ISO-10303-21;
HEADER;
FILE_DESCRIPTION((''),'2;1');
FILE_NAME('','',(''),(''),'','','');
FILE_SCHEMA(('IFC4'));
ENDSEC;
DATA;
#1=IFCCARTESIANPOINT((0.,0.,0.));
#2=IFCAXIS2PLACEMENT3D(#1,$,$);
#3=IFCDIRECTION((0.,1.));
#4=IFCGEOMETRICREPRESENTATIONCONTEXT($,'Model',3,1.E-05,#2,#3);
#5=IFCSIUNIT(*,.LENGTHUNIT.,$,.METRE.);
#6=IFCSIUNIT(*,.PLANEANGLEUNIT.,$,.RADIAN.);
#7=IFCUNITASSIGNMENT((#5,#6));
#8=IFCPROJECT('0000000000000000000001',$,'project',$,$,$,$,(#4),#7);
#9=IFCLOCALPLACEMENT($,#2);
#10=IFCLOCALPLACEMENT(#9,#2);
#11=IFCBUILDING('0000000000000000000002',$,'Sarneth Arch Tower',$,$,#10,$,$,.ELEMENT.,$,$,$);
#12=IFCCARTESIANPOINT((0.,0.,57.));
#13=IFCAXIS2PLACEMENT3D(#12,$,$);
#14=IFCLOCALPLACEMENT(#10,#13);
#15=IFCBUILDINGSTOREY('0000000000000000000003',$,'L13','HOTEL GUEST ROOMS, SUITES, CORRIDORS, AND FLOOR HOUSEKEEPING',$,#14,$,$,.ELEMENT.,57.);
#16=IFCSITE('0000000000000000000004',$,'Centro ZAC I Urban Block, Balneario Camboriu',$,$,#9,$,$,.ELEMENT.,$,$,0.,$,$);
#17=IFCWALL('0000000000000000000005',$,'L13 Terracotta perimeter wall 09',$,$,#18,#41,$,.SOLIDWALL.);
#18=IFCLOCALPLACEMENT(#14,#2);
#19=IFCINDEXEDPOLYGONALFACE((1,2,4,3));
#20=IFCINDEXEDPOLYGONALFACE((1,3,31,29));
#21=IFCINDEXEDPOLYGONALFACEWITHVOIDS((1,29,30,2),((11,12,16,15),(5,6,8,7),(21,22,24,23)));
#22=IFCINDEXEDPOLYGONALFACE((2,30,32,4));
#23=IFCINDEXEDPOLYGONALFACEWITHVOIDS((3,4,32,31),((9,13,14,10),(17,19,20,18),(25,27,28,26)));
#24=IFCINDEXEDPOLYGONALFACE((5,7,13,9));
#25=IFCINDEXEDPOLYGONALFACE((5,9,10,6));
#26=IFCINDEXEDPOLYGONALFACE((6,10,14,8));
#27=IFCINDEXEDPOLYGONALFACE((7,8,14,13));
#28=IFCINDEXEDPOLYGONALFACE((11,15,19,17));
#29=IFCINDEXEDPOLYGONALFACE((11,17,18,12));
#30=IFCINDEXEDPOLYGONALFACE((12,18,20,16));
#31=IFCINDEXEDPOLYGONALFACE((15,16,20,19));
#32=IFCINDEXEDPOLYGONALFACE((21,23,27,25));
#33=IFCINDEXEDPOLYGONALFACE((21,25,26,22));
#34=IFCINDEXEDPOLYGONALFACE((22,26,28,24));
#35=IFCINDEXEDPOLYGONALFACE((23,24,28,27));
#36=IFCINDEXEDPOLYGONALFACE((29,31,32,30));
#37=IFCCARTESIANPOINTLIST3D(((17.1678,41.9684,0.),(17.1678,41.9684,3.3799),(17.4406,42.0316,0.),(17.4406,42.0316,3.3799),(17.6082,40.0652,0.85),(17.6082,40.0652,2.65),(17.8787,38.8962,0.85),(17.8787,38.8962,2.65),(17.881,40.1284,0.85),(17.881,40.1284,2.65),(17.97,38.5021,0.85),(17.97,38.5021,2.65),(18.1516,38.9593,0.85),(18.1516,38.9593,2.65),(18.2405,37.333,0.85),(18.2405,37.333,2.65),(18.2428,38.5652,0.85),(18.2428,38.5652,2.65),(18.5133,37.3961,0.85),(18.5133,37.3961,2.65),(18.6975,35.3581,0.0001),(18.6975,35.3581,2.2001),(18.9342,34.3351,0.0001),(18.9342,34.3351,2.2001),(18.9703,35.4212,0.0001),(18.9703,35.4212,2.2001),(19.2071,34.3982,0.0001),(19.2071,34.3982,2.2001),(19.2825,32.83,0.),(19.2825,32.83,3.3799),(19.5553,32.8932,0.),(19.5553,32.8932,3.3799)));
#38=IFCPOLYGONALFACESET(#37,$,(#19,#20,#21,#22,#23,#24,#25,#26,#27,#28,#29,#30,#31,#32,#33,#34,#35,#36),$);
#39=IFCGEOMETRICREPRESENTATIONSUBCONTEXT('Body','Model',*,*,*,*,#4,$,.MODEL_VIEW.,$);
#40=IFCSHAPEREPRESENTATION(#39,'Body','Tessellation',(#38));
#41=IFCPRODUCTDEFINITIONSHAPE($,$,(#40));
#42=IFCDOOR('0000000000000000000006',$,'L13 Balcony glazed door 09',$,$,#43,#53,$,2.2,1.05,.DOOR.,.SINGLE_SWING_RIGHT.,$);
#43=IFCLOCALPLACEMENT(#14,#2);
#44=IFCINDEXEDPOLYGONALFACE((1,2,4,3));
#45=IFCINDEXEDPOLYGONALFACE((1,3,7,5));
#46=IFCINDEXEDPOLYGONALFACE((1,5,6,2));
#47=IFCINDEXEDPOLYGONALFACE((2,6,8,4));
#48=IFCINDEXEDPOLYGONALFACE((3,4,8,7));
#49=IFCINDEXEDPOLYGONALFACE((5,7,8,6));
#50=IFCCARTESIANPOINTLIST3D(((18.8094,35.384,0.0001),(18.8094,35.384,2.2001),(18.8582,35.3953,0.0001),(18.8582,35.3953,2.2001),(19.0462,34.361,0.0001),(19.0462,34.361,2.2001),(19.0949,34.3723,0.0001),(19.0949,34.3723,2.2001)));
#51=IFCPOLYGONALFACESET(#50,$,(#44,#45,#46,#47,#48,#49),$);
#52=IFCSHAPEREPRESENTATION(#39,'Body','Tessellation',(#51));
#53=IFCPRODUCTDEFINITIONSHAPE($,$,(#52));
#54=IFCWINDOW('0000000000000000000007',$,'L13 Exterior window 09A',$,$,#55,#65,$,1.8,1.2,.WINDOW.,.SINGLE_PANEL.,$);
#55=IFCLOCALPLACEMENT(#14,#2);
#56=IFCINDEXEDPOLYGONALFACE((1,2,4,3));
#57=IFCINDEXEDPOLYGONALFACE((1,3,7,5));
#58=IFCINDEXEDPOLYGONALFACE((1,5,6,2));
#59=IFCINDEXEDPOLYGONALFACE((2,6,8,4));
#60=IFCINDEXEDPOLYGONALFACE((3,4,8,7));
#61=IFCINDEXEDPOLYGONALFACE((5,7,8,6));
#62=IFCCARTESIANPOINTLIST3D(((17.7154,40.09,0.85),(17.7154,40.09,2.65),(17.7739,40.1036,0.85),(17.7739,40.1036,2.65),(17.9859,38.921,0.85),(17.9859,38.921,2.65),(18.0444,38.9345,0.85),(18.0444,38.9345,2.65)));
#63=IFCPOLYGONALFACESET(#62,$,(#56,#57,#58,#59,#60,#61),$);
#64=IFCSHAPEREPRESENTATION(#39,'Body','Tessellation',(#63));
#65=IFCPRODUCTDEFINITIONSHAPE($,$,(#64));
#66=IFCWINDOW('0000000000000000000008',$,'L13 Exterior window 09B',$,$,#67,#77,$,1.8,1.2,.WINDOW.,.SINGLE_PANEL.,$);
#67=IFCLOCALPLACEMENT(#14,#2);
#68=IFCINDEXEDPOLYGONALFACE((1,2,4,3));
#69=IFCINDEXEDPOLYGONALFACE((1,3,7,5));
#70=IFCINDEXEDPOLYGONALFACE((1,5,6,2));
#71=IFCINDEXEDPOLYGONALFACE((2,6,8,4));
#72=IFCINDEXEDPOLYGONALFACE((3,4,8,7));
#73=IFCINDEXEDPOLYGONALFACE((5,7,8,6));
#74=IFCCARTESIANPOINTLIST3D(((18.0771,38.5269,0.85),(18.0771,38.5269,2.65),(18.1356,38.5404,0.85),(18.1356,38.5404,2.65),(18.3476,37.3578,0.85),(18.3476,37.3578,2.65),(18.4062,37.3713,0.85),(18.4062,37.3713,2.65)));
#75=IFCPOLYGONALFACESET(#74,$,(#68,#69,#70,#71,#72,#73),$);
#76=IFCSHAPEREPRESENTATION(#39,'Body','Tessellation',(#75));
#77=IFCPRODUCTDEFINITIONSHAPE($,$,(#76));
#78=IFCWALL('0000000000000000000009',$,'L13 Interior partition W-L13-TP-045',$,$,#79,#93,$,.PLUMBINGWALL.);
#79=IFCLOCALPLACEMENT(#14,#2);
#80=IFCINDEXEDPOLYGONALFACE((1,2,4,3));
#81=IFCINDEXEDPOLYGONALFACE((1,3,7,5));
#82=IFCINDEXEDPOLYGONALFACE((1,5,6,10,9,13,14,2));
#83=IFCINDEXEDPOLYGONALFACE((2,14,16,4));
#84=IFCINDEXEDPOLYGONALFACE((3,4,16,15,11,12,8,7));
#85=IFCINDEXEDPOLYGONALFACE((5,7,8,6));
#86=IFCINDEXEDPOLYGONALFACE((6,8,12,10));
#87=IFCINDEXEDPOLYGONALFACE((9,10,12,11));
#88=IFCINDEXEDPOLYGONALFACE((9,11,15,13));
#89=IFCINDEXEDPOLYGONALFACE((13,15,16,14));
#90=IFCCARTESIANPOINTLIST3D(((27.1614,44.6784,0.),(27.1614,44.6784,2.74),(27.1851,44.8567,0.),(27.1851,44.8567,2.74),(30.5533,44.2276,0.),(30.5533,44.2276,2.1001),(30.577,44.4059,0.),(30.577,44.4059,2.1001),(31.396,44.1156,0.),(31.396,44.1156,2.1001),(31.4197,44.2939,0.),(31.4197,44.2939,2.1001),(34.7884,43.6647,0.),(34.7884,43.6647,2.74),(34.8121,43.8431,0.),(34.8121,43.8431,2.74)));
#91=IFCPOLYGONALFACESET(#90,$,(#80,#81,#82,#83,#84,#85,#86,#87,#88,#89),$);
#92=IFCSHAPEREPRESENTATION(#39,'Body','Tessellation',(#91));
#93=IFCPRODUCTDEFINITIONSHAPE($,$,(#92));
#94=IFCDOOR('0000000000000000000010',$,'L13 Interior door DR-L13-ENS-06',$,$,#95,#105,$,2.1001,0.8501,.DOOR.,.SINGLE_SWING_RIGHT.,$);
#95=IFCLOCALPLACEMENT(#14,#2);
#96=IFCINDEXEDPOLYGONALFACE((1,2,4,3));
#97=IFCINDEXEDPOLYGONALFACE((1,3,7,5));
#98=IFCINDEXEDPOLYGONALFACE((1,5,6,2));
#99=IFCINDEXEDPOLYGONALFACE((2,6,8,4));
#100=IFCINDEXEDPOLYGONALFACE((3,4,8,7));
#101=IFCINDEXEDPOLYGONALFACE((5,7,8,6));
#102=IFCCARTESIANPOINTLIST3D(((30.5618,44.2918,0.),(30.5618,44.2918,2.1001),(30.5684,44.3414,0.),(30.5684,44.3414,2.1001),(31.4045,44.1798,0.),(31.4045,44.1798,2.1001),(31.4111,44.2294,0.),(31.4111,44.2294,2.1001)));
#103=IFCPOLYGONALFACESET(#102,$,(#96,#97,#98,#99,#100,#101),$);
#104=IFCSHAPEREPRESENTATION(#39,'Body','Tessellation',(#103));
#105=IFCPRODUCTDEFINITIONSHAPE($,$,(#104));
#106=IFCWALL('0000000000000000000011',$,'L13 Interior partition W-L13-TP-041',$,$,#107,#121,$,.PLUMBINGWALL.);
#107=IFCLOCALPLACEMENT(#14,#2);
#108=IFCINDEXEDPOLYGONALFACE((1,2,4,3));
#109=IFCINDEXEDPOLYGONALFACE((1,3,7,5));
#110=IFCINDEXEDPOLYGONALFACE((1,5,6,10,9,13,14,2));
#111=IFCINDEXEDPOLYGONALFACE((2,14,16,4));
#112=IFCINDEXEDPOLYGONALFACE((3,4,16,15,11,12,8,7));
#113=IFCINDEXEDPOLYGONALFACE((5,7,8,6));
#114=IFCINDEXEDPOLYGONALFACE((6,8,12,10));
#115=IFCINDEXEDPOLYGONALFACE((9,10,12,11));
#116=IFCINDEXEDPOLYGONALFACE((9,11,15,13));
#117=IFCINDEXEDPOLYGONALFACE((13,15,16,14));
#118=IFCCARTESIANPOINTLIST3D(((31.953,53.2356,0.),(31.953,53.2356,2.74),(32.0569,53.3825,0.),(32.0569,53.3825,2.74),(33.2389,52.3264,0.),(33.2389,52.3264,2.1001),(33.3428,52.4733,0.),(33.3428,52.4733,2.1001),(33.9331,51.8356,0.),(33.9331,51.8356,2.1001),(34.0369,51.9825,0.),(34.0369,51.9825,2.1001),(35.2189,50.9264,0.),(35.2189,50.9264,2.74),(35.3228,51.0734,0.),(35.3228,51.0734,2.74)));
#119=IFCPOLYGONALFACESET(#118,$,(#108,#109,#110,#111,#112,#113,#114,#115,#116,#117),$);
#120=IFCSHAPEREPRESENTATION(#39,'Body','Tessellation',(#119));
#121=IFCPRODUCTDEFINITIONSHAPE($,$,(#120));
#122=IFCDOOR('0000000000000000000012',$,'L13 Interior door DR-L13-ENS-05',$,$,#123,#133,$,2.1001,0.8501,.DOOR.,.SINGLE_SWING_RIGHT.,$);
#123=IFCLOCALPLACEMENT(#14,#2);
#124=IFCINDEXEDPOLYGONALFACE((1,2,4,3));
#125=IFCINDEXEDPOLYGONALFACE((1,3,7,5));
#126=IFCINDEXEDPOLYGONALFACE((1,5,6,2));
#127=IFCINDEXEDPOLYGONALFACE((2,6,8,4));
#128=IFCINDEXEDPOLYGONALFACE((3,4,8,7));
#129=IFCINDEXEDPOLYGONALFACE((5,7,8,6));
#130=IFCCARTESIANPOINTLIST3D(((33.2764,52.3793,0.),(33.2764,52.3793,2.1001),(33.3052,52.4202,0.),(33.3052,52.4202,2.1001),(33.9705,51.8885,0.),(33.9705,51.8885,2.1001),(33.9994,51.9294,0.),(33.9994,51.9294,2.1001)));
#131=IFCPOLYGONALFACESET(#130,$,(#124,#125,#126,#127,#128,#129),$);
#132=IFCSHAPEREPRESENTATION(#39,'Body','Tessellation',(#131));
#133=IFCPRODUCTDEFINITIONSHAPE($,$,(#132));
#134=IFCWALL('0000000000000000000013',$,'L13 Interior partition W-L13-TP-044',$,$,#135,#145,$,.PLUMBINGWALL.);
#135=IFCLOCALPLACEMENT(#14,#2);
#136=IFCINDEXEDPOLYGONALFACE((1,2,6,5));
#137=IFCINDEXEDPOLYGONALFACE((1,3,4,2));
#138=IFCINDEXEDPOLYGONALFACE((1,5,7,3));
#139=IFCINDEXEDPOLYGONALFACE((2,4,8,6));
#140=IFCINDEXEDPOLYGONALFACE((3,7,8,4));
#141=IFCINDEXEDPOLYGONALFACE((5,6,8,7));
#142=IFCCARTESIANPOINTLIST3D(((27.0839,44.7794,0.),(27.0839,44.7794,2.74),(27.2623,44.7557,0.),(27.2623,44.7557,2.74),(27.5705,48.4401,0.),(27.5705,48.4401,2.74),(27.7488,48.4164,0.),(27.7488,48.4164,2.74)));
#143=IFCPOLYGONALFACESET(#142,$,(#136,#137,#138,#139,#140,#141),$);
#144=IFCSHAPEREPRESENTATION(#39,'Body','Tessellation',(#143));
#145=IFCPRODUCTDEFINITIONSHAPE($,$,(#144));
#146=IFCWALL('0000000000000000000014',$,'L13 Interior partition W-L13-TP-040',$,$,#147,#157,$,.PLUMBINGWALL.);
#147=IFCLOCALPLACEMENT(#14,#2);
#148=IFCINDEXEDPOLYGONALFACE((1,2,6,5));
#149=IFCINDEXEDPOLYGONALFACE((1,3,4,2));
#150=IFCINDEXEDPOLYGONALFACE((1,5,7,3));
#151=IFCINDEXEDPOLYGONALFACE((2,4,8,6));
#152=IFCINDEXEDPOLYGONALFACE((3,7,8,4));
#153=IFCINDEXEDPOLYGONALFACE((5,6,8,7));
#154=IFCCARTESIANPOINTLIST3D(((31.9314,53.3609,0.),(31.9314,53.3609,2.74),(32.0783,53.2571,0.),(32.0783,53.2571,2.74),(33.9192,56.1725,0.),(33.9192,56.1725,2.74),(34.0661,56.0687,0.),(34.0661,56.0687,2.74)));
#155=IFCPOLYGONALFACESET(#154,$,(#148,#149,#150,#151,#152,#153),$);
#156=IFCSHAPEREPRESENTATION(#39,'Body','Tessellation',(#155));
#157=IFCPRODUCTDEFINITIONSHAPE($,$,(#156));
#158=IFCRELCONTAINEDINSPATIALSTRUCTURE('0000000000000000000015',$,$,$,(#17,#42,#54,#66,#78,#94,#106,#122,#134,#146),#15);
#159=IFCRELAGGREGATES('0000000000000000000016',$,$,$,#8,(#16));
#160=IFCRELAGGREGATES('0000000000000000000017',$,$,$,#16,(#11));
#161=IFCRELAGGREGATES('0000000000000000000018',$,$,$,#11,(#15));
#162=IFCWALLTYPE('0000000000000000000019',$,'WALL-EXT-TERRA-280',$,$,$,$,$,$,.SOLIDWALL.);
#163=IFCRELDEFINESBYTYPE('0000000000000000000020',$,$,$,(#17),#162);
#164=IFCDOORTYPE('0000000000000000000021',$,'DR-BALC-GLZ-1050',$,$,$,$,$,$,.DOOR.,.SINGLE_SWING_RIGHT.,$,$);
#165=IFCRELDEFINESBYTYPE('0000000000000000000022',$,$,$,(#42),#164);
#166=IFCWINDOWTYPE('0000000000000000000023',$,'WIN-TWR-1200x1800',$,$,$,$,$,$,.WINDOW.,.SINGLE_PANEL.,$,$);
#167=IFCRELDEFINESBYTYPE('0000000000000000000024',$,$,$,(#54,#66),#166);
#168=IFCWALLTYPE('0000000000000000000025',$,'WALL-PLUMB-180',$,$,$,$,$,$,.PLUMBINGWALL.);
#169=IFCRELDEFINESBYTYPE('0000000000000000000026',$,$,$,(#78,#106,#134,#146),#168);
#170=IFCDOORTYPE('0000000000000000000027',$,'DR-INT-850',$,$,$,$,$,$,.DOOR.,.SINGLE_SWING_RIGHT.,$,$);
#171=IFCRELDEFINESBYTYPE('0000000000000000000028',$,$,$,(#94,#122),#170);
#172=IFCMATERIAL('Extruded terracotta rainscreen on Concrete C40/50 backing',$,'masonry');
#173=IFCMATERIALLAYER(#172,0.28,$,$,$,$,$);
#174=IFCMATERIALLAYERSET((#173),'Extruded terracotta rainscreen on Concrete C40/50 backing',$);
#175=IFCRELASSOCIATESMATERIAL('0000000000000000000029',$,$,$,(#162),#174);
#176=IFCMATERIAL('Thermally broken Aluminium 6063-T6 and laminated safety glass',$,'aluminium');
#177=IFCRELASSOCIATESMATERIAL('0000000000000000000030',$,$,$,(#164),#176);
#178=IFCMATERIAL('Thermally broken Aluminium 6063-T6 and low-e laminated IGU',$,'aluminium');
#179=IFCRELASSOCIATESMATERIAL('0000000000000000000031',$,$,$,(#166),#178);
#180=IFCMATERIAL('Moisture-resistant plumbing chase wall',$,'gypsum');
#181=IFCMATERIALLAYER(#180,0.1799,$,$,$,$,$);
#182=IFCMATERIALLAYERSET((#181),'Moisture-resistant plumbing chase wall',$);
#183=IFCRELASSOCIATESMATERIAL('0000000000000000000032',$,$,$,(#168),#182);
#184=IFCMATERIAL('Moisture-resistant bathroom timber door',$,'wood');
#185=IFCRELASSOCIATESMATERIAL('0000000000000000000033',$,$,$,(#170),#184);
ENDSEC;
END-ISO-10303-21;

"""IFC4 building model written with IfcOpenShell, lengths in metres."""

from ifc_helpers import new_model, si_unit, direction, frame, frame_2d, origin, place, context, subcontext, project, spatial, rectangle, extrude, material, layer, layer_set, type_object, element, fill, save


model = new_model("IFC4")

# Units and contexts
model_context = context("Model", 3, precision=1e-05, world=origin(), true_north=direction((0.0, 1.0)))
body_context = subcontext(model_context, "Body", "Model", "MODEL_VIEW")
ifc_project = project(units=[si_unit("LENGTHUNIT", "METRE"), si_unit("PLANEANGLEUNIT", "RADIAN")], contexts=[model_context])

# Site, building, storey
site_placement = place(None, origin())
site = spatial("IfcSite", under=ifc_project, at=site_placement, Name="Centro ZAC I Urban Block, Balneario Camboriu", CompositionType="ELEMENT", RefElevation=0.0)
building_placement = place(site_placement, origin())
building = spatial("IfcBuilding", under=site, at=building_placement, Name="Sarneth Arch Tower", CompositionType="ELEMENT")
storey_placement = place(building_placement, frame((0.0, 0.0, 57.0)))
storey = spatial("IfcBuildingStorey", under=building, at=storey_placement, Name="L13", Description="HOTEL GUEST ROOMS, SUITES, CORRIDORS, AND FLOOR HOUSEKEEPING", CompositionType="ELEMENT", Elevation=57.0)

# Wall, openings, door, windows
ifc_material_1 = material(Name="Extruded terracotta rainscreen on Concrete C40/50 backing", Category="masonry")
ifc_layer_1 = layer(ifc_material_1, 0.28)
ifc_layer_set_1 = layer_set([ifc_layer_1], Name="Extruded terracotta rainscreen on Concrete C40/50 backing")
wall_type_1 = type_object("IfcWallType", Name="WALL-EXT-TERRA-280", PredefinedType="SOLIDWALL", material=ifc_layer_set_1)
wall_1_placement = place(storey_placement, frame((17.3042, 42.0, 0.0), z_axis=(0.0, 0.0, 1.0), x_axis=(0.225454, -0.974254, 0.0)))
wall_1 = element("IfcWall", 1, at=wall_1_placement, inside=storey, type_object=wall_type_1, Name="L13 Terracotta perimeter wall 09", PredefinedType="SOLIDWALL", context=body_context, shape_type="SweptSolid", body=[
    extrude(rectangle(XDim=9.3799, YDim=0.28, at=frame_2d((4.6899, 0.0))), origin(), (0.0, 0.0, 1.0), 3.3799),
])
opening_1_placement = place(wall_1_placement, frame((1.9534, 0.0, 0.8501)))
opening_1 = element("IfcOpeningElement", 2, at=opening_1_placement, cuts=wall_1, PredefinedType="OPENING", context=body_context, shape_type="SweptSolid", body=[
    extrude(rectangle(XDim=1.2, YDim=1.8, at=frame_2d((0.6001, 0.8999))), frame((0.0, 0.1499, 0.0), z_axis=(0.0, -1.0, 0.0), x_axis=(1.0, 0.0, 0.0)), (0.0, 0.0, 1.0), 0.3),
])
opening_2_placement = place(wall_1_placement, frame((3.5579, 0.0, 0.8501)))
opening_2 = element("IfcOpeningElement", 3, at=opening_2_placement, cuts=wall_1, PredefinedType="OPENING", context=body_context, shape_type="SweptSolid", body=[
    extrude(rectangle(XDim=1.2, YDim=1.8, at=frame_2d((0.6001, 0.8999))), frame((0.0, 0.1499, 0.0), z_axis=(0.0, -1.0, 0.0), x_axis=(1.0, 0.0, 0.0)), (0.0, 0.0, 1.0), 0.3),
])
opening_3_placement = place(wall_1_placement, frame((6.7852, 0.0, 0.0)))
opening_3 = element("IfcOpeningElement", 4, at=opening_3_placement, cuts=wall_1, PredefinedType="OPENING", context=body_context, shape_type="SweptSolid", body=[
    extrude(rectangle(XDim=1.05, YDim=2.2, at=frame_2d((0.5249, 1.1001))), frame((0.0, 0.1499, 0.0), z_axis=(0.0, -1.0, 0.0), x_axis=(1.0, 0.0, 0.0)), (0.0, 0.0, 1.0), 0.3),
])
ifc_material_2 = material(Name="Thermally broken Aluminium 6063-T6 and laminated safety glass", Category="aluminium")
door_type_1 = type_object("IfcDoorType", Name="DR-BALC-GLZ-1050", OperationType="SINGLE_SWING_RIGHT", PredefinedType="DOOR", material=ifc_material_2)
door_1_placement = place(opening_3_placement, origin())
door_1 = element("IfcDoor", 5, at=door_1_placement, inside=storey, type_object=door_type_1, Name="L13 Balcony glazed door 09", OperationType="SINGLE_SWING_RIGHT", OverallHeight=2.2, OverallWidth=1.05, PredefinedType="DOOR", context=body_context, shape_type="SweptSolid", body=[
    extrude(rectangle(XDim=1.05, YDim=2.2, at=frame_2d((0.5249, 1.1001))), frame((0.0, 0.0249, 0.0), z_axis=(0.0, -1.0, 0.0), x_axis=(1.0, 0.0, 0.0)), (0.0, 0.0, 1.0), 0.05),
])
fill(opening_3, door_1)
ifc_material_3 = material(Name="Thermally broken Aluminium 6063-T6 and low-e laminated IGU", Category="aluminium")
window_type = type_object("IfcWindowType", Name="WIN-TWR-1200x1800", PartitioningType="SINGLE_PANEL", PredefinedType="WINDOW", material=ifc_material_3)
window_1_placement = place(opening_1_placement, origin())
window_1 = element("IfcWindow", 6, at=window_1_placement, inside=storey, type_object=window_type, Name="L13 Exterior window 09A", OverallHeight=1.8, OverallWidth=1.2, PartitioningType="SINGLE_PANEL", PredefinedType="WINDOW", context=body_context, shape_type="SweptSolid", body=[
    extrude(rectangle(XDim=1.2, YDim=1.8, at=frame_2d((0.6001, 0.8999))), frame((0.0, 0.03, 0.0), z_axis=(0.0, -1.0, 0.0), x_axis=(1.0, 0.0, 0.0)), (0.0, 0.0, 1.0), 0.0601),
])
fill(opening_1, window_1)
window_2_placement = place(opening_2_placement, origin())
window_2 = element("IfcWindow", 7, at=window_2_placement, inside=storey, type_object=window_type, Name="L13 Exterior window 09B", OverallHeight=1.8, OverallWidth=1.2, PartitioningType="SINGLE_PANEL", PredefinedType="WINDOW", context=body_context, shape_type="SweptSolid", body=[
    extrude(rectangle(XDim=1.2, YDim=1.8, at=frame_2d((0.6001, 0.8999))), frame((0.0, 0.03, 0.0), z_axis=(0.0, -1.0, 0.0), x_axis=(1.0, 0.0, 0.0)), (0.0, 0.0, 1.0), 0.0601),
])
fill(opening_2, window_2)

# Walls, openings, doors
ifc_material_4 = material(Name="Moisture-resistant plumbing chase wall", Category="gypsum")
ifc_layer_2 = layer(ifc_material_4, 0.1799)
ifc_layer_set_2 = layer_set([ifc_layer_2], Name="Moisture-resistant plumbing chase wall")
wall_type_2 = type_object("IfcWallType", Name="WALL-PLUMB-180", PredefinedType="PLUMBINGWALL", material=ifc_layer_set_2)
wall_2_placement = place(storey_placement, frame((27.1731, 44.7676, 0.0), z_axis=(0.0, 0.0, 1.0), x_axis=(0.991283, -0.131748, 0.0)))
wall_2 = element("IfcWall", 8, at=wall_2_placement, inside=storey, type_object=wall_type_2, Name="L13 Interior partition W-L13-TP-045", PredefinedType="PLUMBINGWALL", context=body_context, shape_type="SweptSolid", body=[
    extrude(rectangle(XDim=7.6941, YDim=0.1799, at=frame_2d((3.8472, 0.0))), origin(), (0.0, 0.0, 1.0), 2.74),
])
opening_4_placement = place(wall_2_placement, frame((3.4219, 0.0, 0.0)))
opening_4 = element("IfcOpeningElement", 9, at=opening_4_placement, cuts=wall_2, PredefinedType="OPENING", context=body_context, shape_type="SweptSolid", body=[
    extrude(rectangle(XDim=0.8501, YDim=2.1001, at=frame_2d((0.425, 1.05))), frame((0.0, 0.0999, 0.0), z_axis=(0.0, -1.0, 0.0), x_axis=(1.0, 0.0, 0.0)), (0.0, 0.0, 1.0), 0.2),
])
ifc_material_5 = material(Name="Moisture-resistant bathroom timber door", Category="wood")
door_type_2 = type_object("IfcDoorType", Name="DR-INT-850", OperationType="SINGLE_SWING_RIGHT", PredefinedType="DOOR", material=ifc_material_5)
door_2_placement = place(opening_4_placement, origin())
door_2 = element("IfcDoor", 10, at=door_2_placement, inside=storey, type_object=door_type_2, Name="L13 Interior door DR-L13-ENS-06", OperationType="SINGLE_SWING_RIGHT", OverallHeight=2.1001, OverallWidth=0.8501, PredefinedType="DOOR", context=body_context, shape_type="SweptSolid", body=[
    extrude(rectangle(XDim=0.8501, YDim=2.1001, at=frame_2d((0.425, 1.05))), frame((0.0, 0.0249, 0.0), z_axis=(0.0, -1.0, 0.0), x_axis=(1.0, 0.0, 0.0)), (0.0, 0.0, 1.0), 0.05),
])
fill(opening_4, door_2)
wall_3_placement = place(storey_placement, frame((32.0049, 53.3091, 0.0), z_axis=(0.0, 0.0, 1.0), x_axis=(0.816524, -0.577311, 0.0)))
wall_3 = element("IfcWall", 11, at=wall_3_placement, inside=storey, type_object=wall_type_2, Name="L13 Interior partition W-L13-TP-041", PredefinedType="PLUMBINGWALL", context=body_context, shape_type="SweptSolid", body=[
    extrude(rectangle(XDim=3.9998, YDim=0.1799, at=frame_2d((2.0, 0.0))), origin(), (0.0, 0.0, 1.0), 2.74),
])
opening_5_placement = place(wall_3_placement, frame((1.575, 0.0, 0.0)))
opening_5 = element("IfcOpeningElement", 12, at=opening_5_placement, cuts=wall_3, PredefinedType="OPENING", context=body_context, shape_type="SweptSolid", body=[
    extrude(rectangle(XDim=0.8501, YDim=2.1001, at=frame_2d((0.425, 1.05))), frame((0.0, 0.0999, 0.0), z_axis=(0.0, -1.0, 0.0), x_axis=(1.0, 0.0, 0.0)), (0.0, 0.0, 1.0), 0.2),
])
door_3_placement = place(opening_5_placement, origin())
door_3 = element("IfcDoor", 13, at=door_3_placement, inside=storey, type_object=door_type_2, Name="L13 Interior door DR-L13-ENS-05", OperationType="SINGLE_SWING_RIGHT", OverallHeight=2.1001, OverallWidth=0.8501, PredefinedType="DOOR", context=body_context, shape_type="SweptSolid", body=[
    extrude(rectangle(XDim=0.8501, YDim=2.1001, at=frame_2d((0.425, 1.05))), frame((0.0, 0.0249, 0.0), z_axis=(0.0, -1.0, 0.0), x_axis=(1.0, 0.0, 0.0)), (0.0, 0.0, 1.0), 0.05),
])
fill(opening_5, door_3)

# Walls
wall_4_placement = place(storey_placement, frame((27.6597, 48.4282, 0.0), z_axis=(0.0, 0.0, 1.0), x_axis=(-0.131761, -0.991282, 0.0)))
element("IfcWall", 14, at=wall_4_placement, inside=storey, type_object=wall_type_2, Name="L13 Interior partition W-L13-TP-044", PredefinedType="PLUMBINGWALL", context=body_context, shape_type="SweptSolid", body=[
    extrude(rectangle(XDim=3.6929, YDim=0.1799, at=frame_2d((1.8464, 0.0))), origin(), (0.0, 0.0, 1.0), 2.74),
])
wall_5_placement = place(storey_placement, frame((33.9927, 56.1206, 0.0), z_axis=(0.0, 0.0, 1.0), x_axis=(-0.577301, -0.816531, 0.0)))
element("IfcWall", 15, at=wall_5_placement, inside=storey, type_object=wall_type_2, Name="L13 Interior partition W-L13-TP-040", PredefinedType="PLUMBINGWALL", context=body_context, shape_type="SweptSolid", body=[
    extrude(rectangle(XDim=3.4434, YDim=0.1799, at=frame_2d((1.7217, 0.0))), origin(), (0.0, 0.0, 1.0), 2.74),
])

save(model, "model.ifc")
